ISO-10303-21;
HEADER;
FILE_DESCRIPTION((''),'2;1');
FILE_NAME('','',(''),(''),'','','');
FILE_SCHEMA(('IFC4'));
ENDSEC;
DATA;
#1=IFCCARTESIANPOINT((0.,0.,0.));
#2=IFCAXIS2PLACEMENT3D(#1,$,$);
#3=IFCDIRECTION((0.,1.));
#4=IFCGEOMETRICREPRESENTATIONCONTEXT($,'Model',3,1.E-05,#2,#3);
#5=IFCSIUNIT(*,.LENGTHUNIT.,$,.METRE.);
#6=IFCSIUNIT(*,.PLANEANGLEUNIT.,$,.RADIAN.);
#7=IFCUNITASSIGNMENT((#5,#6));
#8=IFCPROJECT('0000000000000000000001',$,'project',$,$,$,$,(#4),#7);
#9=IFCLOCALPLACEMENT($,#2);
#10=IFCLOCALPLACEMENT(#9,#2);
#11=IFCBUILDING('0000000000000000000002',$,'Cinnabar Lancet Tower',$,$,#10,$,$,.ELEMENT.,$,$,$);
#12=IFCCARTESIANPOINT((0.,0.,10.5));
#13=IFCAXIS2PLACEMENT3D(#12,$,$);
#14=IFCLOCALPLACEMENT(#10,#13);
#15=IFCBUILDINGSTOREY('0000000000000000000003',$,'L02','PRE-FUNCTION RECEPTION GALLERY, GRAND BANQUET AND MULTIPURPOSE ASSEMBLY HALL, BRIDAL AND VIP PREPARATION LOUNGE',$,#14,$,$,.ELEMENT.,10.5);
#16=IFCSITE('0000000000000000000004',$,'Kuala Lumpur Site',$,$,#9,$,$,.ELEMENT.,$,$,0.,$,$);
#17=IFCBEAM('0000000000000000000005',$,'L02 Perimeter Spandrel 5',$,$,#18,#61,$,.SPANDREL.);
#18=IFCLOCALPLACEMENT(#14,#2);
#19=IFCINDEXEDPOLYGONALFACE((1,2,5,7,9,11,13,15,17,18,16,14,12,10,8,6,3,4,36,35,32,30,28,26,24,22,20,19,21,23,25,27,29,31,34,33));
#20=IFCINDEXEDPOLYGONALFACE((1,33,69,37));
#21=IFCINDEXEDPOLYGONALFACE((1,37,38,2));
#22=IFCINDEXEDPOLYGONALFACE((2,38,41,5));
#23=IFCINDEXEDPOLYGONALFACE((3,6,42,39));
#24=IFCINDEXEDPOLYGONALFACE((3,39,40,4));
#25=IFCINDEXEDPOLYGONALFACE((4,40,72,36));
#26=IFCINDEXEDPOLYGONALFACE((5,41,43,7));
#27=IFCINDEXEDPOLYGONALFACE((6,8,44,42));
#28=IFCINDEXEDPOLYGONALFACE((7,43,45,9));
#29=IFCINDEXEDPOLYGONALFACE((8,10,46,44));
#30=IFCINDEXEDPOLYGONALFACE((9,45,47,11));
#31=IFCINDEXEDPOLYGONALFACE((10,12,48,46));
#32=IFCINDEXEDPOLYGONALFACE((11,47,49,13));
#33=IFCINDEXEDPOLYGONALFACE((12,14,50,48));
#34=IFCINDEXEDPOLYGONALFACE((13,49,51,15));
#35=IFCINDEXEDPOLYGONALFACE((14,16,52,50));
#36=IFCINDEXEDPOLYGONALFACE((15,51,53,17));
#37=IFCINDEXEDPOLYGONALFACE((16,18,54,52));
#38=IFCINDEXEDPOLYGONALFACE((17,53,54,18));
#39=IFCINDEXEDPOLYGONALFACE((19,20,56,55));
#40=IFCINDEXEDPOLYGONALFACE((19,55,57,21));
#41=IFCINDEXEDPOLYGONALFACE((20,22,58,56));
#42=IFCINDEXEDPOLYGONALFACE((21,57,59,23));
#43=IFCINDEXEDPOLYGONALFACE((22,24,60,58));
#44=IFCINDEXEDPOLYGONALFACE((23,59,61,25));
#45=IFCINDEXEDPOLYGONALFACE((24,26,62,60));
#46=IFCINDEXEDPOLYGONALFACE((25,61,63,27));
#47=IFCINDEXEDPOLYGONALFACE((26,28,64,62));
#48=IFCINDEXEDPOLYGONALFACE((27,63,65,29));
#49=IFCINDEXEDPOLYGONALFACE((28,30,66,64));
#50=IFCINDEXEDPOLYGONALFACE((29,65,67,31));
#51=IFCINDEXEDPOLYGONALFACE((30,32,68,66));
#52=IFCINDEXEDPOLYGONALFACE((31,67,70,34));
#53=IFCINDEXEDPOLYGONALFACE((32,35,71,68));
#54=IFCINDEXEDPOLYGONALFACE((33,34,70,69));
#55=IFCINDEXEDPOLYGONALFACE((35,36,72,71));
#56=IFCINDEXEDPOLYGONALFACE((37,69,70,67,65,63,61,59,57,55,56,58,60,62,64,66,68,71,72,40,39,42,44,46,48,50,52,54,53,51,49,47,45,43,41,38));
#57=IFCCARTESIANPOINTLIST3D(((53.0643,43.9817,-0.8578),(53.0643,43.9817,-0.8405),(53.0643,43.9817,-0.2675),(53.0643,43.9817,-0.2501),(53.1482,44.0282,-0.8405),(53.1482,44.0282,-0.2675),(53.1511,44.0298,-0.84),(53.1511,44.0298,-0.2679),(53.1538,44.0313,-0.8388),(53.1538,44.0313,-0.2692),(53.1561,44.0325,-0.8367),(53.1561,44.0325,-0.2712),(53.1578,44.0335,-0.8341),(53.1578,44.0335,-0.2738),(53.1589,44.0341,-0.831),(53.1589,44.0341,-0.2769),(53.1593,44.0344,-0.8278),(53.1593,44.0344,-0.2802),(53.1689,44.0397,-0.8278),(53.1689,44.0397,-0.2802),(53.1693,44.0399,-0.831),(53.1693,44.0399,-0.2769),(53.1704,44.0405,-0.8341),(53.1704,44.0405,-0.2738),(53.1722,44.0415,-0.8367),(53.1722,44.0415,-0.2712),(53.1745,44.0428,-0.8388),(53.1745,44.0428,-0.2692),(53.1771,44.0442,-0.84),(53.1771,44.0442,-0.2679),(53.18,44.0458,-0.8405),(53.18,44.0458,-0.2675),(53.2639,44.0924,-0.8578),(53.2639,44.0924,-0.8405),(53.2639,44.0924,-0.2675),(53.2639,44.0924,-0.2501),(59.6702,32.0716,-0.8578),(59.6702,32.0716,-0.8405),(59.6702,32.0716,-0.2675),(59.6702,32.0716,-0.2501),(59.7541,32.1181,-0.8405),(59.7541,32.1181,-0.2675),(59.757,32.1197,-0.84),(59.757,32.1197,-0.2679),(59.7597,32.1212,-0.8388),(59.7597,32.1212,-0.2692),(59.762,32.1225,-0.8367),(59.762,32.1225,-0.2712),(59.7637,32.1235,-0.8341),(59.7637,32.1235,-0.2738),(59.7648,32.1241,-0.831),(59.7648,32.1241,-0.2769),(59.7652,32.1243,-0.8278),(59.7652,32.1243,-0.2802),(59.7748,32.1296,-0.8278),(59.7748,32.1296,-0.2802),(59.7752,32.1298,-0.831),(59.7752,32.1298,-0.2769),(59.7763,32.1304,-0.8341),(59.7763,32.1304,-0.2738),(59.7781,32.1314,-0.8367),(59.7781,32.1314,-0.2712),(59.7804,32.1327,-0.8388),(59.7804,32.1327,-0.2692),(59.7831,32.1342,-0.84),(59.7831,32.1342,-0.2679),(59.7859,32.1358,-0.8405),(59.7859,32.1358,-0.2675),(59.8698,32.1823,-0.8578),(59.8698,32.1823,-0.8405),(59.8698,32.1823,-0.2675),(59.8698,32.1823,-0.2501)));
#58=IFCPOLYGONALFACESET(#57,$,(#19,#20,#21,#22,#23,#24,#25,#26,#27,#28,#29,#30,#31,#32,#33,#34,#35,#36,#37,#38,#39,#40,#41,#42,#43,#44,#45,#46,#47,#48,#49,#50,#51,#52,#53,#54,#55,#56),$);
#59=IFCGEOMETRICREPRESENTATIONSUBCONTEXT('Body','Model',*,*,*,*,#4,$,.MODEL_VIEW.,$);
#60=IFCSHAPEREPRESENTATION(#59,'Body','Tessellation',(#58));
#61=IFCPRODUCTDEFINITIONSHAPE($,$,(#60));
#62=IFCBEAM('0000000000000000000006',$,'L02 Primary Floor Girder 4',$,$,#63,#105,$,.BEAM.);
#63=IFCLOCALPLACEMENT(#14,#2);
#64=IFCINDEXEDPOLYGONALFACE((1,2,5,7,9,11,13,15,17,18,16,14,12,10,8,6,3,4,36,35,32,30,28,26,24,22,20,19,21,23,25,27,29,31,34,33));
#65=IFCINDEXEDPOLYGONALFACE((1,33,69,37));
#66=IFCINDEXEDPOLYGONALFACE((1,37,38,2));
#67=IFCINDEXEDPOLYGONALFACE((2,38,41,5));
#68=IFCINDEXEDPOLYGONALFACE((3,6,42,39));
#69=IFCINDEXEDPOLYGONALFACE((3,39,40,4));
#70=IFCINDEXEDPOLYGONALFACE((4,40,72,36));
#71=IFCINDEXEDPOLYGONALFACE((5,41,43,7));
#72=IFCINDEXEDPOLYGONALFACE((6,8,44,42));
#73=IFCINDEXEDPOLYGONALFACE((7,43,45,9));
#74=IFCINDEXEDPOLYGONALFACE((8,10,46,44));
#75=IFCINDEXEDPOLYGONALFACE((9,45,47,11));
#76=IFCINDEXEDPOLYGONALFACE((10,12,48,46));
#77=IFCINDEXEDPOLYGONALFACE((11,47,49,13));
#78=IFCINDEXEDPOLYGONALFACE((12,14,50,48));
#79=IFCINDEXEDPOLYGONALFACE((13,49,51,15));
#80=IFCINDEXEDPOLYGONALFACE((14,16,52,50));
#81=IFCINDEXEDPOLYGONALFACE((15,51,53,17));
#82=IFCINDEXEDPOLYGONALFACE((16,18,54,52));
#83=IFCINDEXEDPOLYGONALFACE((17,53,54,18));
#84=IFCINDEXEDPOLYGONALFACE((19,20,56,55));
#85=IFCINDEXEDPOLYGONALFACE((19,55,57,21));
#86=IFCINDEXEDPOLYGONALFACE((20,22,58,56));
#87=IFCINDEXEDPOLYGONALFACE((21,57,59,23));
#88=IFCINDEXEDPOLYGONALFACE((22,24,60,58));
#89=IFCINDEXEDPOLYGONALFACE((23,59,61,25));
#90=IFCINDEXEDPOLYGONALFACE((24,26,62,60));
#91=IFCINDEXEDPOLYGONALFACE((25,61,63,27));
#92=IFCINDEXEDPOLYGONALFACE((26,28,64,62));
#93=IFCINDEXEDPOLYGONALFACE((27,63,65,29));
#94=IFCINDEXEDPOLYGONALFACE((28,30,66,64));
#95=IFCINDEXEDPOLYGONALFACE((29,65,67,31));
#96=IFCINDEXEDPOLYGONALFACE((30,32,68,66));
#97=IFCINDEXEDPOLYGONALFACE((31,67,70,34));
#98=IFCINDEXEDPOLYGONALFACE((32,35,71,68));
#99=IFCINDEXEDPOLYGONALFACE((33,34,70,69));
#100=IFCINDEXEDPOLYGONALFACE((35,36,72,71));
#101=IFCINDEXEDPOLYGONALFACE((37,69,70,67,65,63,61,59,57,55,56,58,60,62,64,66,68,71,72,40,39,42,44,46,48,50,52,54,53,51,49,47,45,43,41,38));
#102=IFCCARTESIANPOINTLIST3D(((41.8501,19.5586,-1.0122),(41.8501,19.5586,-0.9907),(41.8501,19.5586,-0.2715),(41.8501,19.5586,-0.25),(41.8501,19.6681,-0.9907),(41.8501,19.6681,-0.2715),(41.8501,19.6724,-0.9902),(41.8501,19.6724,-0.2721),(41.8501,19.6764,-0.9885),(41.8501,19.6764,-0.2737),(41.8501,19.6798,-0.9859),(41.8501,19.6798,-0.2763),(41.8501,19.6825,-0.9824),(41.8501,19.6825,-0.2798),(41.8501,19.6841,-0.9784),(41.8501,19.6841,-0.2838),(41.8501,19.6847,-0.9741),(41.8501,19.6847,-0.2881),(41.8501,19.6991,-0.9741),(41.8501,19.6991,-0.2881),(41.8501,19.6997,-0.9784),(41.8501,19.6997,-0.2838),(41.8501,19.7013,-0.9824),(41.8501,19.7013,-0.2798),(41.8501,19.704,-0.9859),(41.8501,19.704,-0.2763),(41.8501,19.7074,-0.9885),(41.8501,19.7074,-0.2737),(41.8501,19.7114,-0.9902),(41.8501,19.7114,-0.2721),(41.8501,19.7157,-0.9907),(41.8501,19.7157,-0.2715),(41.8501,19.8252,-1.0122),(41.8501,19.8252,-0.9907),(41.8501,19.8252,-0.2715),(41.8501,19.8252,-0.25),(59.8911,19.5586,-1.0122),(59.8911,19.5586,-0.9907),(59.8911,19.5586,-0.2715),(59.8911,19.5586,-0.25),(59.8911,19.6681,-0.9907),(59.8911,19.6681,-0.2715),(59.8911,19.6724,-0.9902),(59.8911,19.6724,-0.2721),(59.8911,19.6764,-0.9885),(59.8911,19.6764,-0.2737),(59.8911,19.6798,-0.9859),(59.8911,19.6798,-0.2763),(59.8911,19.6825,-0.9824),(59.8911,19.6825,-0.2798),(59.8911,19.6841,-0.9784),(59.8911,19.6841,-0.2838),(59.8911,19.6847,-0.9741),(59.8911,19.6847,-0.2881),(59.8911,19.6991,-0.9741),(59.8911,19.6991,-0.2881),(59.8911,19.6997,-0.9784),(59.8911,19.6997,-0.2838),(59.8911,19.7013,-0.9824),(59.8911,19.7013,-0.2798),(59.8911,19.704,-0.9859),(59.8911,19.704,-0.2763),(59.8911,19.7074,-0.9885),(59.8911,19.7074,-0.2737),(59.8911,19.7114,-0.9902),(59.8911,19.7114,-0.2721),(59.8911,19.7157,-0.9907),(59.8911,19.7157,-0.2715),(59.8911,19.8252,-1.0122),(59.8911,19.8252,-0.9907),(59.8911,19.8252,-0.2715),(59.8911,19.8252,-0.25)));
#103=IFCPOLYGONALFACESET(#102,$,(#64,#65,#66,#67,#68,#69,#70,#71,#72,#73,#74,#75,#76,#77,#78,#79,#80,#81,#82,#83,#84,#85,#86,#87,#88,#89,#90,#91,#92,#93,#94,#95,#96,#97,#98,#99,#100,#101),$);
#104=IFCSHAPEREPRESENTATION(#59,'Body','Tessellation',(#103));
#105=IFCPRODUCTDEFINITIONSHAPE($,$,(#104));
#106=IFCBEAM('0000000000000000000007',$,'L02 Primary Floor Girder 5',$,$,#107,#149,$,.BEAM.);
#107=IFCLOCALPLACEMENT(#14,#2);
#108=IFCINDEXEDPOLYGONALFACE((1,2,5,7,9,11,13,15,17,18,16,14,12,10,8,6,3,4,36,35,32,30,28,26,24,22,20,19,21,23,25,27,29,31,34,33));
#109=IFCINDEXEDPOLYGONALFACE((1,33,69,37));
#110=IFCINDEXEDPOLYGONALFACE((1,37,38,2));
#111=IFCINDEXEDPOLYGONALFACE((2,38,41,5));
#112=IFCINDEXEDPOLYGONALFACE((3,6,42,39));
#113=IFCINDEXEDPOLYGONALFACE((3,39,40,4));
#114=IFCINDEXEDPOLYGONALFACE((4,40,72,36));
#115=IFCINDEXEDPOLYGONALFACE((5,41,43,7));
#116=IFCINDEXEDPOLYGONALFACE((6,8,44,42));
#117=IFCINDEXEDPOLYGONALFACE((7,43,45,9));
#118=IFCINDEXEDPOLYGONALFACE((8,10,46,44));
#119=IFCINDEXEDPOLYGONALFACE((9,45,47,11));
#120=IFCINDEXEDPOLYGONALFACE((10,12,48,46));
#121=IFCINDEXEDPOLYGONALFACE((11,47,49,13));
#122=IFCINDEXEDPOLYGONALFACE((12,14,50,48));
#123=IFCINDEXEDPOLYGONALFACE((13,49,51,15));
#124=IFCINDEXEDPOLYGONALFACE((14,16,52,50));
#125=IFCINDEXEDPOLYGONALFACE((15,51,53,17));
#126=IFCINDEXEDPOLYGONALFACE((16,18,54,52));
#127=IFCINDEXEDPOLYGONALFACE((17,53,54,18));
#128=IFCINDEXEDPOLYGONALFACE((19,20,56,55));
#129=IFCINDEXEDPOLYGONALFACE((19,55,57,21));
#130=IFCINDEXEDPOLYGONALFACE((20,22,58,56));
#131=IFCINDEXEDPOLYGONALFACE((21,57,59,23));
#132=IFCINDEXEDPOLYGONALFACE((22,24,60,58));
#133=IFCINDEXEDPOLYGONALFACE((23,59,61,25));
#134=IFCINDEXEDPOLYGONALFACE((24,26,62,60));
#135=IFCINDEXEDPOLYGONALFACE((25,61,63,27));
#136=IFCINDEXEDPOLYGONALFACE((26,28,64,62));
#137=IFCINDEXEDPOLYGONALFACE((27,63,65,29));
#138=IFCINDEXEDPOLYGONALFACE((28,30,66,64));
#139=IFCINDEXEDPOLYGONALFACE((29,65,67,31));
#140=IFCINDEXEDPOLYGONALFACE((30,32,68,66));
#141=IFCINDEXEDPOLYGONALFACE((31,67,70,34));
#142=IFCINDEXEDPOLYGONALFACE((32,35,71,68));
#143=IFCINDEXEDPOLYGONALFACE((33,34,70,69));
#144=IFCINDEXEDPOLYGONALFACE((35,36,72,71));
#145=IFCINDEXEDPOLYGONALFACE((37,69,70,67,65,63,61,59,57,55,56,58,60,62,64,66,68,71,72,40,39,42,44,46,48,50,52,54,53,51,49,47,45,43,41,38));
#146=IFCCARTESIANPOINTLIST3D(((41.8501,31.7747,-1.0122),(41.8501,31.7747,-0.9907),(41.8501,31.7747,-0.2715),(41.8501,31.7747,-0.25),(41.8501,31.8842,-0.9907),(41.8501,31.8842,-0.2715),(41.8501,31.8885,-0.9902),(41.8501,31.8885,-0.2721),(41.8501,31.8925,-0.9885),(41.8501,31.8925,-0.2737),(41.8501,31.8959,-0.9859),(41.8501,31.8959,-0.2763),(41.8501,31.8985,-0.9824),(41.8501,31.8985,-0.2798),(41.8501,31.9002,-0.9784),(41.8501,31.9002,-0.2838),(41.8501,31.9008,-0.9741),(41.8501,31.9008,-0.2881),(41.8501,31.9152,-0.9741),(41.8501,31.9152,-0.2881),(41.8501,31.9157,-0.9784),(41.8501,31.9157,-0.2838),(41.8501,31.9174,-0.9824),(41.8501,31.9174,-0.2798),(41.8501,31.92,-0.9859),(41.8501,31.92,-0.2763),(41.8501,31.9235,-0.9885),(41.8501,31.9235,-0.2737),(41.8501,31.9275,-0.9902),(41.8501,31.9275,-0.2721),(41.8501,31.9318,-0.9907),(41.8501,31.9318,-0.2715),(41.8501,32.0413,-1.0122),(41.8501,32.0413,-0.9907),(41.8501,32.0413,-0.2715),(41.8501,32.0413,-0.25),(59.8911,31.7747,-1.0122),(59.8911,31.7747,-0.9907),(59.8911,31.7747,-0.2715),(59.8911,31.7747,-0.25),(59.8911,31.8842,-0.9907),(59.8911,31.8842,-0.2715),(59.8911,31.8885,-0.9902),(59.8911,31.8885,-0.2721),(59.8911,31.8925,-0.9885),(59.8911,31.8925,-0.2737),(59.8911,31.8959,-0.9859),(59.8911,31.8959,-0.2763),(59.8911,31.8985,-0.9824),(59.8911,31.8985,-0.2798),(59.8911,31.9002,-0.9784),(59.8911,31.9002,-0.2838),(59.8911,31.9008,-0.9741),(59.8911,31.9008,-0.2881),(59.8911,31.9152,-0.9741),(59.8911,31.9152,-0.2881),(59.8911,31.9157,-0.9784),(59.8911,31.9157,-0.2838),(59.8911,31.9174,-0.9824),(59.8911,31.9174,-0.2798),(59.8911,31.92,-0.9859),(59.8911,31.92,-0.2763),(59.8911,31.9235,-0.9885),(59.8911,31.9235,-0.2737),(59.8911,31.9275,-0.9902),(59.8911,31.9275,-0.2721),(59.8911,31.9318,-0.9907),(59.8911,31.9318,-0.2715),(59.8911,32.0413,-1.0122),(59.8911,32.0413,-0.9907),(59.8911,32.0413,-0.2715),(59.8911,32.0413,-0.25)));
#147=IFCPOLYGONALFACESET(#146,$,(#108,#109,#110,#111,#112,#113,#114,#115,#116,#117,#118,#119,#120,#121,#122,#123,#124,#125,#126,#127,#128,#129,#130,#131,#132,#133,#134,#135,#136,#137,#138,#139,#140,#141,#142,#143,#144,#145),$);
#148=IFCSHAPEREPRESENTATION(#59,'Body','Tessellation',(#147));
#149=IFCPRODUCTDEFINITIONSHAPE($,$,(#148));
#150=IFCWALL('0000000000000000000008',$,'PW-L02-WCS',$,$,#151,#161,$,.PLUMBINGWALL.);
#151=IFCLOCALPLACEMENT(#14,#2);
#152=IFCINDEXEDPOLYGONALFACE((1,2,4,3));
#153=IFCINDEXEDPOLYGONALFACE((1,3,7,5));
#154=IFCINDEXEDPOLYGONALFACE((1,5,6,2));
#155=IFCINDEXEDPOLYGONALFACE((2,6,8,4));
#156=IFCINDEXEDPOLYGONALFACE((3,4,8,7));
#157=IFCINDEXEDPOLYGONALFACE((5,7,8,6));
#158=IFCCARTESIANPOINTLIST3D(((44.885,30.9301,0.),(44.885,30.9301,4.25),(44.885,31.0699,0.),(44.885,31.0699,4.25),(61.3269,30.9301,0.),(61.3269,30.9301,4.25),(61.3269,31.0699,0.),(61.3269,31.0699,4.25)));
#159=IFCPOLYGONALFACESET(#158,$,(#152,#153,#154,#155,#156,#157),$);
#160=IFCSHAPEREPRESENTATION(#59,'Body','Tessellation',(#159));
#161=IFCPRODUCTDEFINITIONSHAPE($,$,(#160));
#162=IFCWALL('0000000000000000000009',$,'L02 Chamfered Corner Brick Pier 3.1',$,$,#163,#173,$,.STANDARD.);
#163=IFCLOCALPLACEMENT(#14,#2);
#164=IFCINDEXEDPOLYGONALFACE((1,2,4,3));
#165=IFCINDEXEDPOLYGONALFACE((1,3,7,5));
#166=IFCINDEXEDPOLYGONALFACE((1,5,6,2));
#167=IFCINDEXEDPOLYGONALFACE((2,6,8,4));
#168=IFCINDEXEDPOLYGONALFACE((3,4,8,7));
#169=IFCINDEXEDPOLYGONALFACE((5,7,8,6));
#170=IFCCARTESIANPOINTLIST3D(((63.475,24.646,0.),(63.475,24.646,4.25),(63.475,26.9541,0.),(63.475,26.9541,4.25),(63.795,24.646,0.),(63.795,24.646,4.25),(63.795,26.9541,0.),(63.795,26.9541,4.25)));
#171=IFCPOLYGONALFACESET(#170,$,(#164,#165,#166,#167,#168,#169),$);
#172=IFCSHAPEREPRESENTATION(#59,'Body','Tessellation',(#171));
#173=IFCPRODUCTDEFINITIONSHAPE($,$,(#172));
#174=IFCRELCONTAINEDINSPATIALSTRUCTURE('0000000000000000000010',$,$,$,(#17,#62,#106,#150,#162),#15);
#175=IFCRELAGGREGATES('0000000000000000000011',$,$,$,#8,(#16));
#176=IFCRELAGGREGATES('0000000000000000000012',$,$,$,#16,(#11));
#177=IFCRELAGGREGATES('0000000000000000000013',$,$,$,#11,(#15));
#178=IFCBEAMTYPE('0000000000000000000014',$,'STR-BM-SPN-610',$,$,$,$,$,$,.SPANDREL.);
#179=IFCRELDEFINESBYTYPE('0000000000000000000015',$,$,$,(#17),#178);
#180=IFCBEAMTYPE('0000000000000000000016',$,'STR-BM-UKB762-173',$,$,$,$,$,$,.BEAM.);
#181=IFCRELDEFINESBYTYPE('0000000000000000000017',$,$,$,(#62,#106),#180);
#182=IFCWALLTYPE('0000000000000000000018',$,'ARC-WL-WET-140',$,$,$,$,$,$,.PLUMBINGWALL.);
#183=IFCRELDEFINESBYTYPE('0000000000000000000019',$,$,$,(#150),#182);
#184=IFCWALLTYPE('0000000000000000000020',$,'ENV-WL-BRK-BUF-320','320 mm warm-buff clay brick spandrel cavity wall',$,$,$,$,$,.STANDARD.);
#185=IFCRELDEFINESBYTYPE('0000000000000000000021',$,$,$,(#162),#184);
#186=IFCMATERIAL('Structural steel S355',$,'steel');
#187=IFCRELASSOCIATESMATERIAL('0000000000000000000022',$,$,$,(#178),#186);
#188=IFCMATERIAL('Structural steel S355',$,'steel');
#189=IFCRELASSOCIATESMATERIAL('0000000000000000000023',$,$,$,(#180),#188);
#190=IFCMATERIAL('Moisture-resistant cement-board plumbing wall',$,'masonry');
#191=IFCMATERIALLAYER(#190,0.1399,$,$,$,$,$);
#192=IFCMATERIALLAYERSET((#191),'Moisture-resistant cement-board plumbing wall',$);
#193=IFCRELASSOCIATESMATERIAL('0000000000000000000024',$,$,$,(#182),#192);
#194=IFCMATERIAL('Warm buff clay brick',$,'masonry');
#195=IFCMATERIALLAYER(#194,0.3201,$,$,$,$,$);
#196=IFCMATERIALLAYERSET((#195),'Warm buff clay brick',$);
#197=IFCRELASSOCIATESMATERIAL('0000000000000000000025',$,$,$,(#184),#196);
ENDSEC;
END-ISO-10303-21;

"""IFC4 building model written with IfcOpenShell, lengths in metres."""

from ifc_helpers import new_model, si_unit, direction, frame, frame_2d, origin, origin_2d, place, context, subcontext, project, spatial, rectangle, i_section, extrude, material, layer, layer_set, material_profile, profile_set, type_object, element, save


model = new_model("IFC4")

# Units and contexts
model_context = context("Model", 3, precision=1e-05, world=origin(), true_north=direction((0.0, 1.0)))
body_context = subcontext(model_context, "Body", "Model", "MODEL_VIEW")
ifc_project = project(units=[si_unit("LENGTHUNIT", "METRE"), si_unit("PLANEANGLEUNIT", "RADIAN")], contexts=[model_context])

# Site, building, storey
site_placement = place(None, origin())
site = spatial("IfcSite", under=ifc_project, at=site_placement, Name="Kuala Lumpur Site", CompositionType="ELEMENT", RefElevation=0.0)
building_placement = place(site_placement, origin())
building = spatial("IfcBuilding", under=site, at=building_placement, Name="Cinnabar Lancet Tower", CompositionType="ELEMENT")
storey_placement = place(building_placement, frame((0.0, 0.0, 10.5)))
storey = spatial("IfcBuildingStorey", under=building, at=storey_placement, Name="L02", Description="PRE-FUNCTION RECEPTION GALLERY, GRAND BANQUET AND MULTIPURPOSE ASSEMBLY HALL, BRIDAL AND VIP PREPARATION LOUNGE", CompositionType="ELEMENT", Elevation=10.5)

# Beams
ifc_material_1 = material(Name="Structural steel S355", Category="steel")
ifc_material_profile_1 = material_profile(ifc_material_1, i_section(OverallWidth=0.2283, OverallDepth=0.6077, WebThickness=0.011, FlangeThickness=0.0173, FilletRadius=0.0127, at=origin_2d()), Name="UKB 610x229x113")
ifc_profile_set_1 = profile_set([ifc_material_profile_1], Name="Structural steel S355")
beam_type_1 = type_object("IfcBeamType", Name="STR-BM-SPN-610", PredefinedType="SPANDREL", material=ifc_profile_set_1)
beam_1_placement = place(storey_placement, frame((59.77, 32.127, -0.554), z_axis=(-0.485037, 0.874494, 0.0), x_axis=(-0.874494, -0.485037, 0.0)))
element("IfcBeam", 1, at=beam_1_placement, inside=storey, type_object=beam_type_1, Name="L02 Perimeter Spandrel 5", PredefinedType="SPANDREL", context=body_context, shape_type="SweptSolid", body=[
    extrude(i_section(OverallWidth=0.2283, OverallDepth=0.6077, WebThickness=0.011, FlangeThickness=0.0173, FilletRadius=0.0127, at=origin_2d()), origin(), (0.0, 0.0, 1.0), 13.6194),
])
ifc_material_2 = material(Name="Structural steel S355", Category="steel")
ifc_material_profile_2 = material_profile(ifc_material_2, i_section(OverallWidth=0.2666, OverallDepth=0.7622, WebThickness=0.0144, FlangeThickness=0.0215, FilletRadius=0.0166, at=origin_2d()), Name="UKB 762x267x173")
ifc_profile_set_2 = profile_set([ifc_material_profile_2], Name="Structural steel S355")
beam_type_2 = type_object("IfcBeamType", Name="STR-BM-UKB762-173", PredefinedType="BEAM", material=ifc_profile_set_2)
for number, where, z_axis, x_axis, name in (
    (2, (59.8911, 19.6919, -0.6311), (-1.0, 0.0, 0.0), (0.0, -1.0, 0.0), "L02 Primary Floor Girder 4"),
    (3, (59.8911, 31.908, -0.6311), (-1.0, 0.0, 0.0), (0.0, -1.0, 0.0), "L02 Primary Floor Girder 5"),
):
    element("IfcBeam", number, at=place(storey_placement, frame(where, z_axis=z_axis, x_axis=x_axis)), inside=storey, type_object=beam_type_2, Name=name, PredefinedType="BEAM", context=body_context, shape_type="SweptSolid", body=[
        extrude(i_section(OverallWidth=0.2666, OverallDepth=0.7622, WebThickness=0.0144, FlangeThickness=0.0215, FilletRadius=0.0166, at=origin_2d()), origin(), (0.0, 0.0, 1.0), 18.041),
    ])

# Walls
ifc_material_3 = material(Name="Moisture-resistant cement-board plumbing wall", Category="masonry")
ifc_layer_1 = layer(ifc_material_3, 0.1399)
ifc_layer_set_1 = layer_set([ifc_layer_1], Name="Moisture-resistant cement-board plumbing wall")
wall_type_1 = type_object("IfcWallType", Name="ARC-WL-WET-140", PredefinedType="PLUMBINGWALL", material=ifc_layer_set_1)
wall_1_placement = place(storey_placement, frame((44.885, 31.0, 0.0), z_axis=(0.0, 0.0, 1.0), x_axis=(1.0, 0.0, 0.0)))
element("IfcWall", 4, at=wall_1_placement, inside=storey, type_object=wall_type_1, Name="PW-L02-WCS", PredefinedType="PLUMBINGWALL", context=body_context, shape_type="SweptSolid", body=[
    extrude(rectangle(XDim=16.4419, YDim=0.1399, at=frame_2d((8.2209, 0.0))), origin(), (0.0, 0.0, 1.0), 4.25),
])
ifc_material_4 = material(Name="Warm buff clay brick", Category="masonry")
ifc_layer_2 = layer(ifc_material_4, 0.3201)
ifc_layer_set_2 = layer_set([ifc_layer_2], Name="Warm buff clay brick")
wall_type_2 = type_object("IfcWallType", Name="ENV-WL-BRK-BUF-320", Description="320 mm warm-buff clay brick spandrel cavity wall", PredefinedType="STANDARD", material=ifc_layer_set_2)
wall_2_placement = place(storey_placement, frame((63.635, 24.646, 0.0), z_axis=(0.0, 0.0, 1.0), x_axis=(0.0, 1.0, 0.0)))
element("IfcWall", 5, at=wall_2_placement, inside=storey, type_object=wall_type_2, Name="L02 Chamfered Corner Brick Pier 3.1", PredefinedType="STANDARD", context=body_context, shape_type="SweptSolid", body=[
    extrude(rectangle(XDim=2.3081, YDim=0.3201, at=frame_2d((1.1541, 0.0))), origin(), (0.0, 0.0, 1.0), 4.25),
])

save(model, "model.ifc")
